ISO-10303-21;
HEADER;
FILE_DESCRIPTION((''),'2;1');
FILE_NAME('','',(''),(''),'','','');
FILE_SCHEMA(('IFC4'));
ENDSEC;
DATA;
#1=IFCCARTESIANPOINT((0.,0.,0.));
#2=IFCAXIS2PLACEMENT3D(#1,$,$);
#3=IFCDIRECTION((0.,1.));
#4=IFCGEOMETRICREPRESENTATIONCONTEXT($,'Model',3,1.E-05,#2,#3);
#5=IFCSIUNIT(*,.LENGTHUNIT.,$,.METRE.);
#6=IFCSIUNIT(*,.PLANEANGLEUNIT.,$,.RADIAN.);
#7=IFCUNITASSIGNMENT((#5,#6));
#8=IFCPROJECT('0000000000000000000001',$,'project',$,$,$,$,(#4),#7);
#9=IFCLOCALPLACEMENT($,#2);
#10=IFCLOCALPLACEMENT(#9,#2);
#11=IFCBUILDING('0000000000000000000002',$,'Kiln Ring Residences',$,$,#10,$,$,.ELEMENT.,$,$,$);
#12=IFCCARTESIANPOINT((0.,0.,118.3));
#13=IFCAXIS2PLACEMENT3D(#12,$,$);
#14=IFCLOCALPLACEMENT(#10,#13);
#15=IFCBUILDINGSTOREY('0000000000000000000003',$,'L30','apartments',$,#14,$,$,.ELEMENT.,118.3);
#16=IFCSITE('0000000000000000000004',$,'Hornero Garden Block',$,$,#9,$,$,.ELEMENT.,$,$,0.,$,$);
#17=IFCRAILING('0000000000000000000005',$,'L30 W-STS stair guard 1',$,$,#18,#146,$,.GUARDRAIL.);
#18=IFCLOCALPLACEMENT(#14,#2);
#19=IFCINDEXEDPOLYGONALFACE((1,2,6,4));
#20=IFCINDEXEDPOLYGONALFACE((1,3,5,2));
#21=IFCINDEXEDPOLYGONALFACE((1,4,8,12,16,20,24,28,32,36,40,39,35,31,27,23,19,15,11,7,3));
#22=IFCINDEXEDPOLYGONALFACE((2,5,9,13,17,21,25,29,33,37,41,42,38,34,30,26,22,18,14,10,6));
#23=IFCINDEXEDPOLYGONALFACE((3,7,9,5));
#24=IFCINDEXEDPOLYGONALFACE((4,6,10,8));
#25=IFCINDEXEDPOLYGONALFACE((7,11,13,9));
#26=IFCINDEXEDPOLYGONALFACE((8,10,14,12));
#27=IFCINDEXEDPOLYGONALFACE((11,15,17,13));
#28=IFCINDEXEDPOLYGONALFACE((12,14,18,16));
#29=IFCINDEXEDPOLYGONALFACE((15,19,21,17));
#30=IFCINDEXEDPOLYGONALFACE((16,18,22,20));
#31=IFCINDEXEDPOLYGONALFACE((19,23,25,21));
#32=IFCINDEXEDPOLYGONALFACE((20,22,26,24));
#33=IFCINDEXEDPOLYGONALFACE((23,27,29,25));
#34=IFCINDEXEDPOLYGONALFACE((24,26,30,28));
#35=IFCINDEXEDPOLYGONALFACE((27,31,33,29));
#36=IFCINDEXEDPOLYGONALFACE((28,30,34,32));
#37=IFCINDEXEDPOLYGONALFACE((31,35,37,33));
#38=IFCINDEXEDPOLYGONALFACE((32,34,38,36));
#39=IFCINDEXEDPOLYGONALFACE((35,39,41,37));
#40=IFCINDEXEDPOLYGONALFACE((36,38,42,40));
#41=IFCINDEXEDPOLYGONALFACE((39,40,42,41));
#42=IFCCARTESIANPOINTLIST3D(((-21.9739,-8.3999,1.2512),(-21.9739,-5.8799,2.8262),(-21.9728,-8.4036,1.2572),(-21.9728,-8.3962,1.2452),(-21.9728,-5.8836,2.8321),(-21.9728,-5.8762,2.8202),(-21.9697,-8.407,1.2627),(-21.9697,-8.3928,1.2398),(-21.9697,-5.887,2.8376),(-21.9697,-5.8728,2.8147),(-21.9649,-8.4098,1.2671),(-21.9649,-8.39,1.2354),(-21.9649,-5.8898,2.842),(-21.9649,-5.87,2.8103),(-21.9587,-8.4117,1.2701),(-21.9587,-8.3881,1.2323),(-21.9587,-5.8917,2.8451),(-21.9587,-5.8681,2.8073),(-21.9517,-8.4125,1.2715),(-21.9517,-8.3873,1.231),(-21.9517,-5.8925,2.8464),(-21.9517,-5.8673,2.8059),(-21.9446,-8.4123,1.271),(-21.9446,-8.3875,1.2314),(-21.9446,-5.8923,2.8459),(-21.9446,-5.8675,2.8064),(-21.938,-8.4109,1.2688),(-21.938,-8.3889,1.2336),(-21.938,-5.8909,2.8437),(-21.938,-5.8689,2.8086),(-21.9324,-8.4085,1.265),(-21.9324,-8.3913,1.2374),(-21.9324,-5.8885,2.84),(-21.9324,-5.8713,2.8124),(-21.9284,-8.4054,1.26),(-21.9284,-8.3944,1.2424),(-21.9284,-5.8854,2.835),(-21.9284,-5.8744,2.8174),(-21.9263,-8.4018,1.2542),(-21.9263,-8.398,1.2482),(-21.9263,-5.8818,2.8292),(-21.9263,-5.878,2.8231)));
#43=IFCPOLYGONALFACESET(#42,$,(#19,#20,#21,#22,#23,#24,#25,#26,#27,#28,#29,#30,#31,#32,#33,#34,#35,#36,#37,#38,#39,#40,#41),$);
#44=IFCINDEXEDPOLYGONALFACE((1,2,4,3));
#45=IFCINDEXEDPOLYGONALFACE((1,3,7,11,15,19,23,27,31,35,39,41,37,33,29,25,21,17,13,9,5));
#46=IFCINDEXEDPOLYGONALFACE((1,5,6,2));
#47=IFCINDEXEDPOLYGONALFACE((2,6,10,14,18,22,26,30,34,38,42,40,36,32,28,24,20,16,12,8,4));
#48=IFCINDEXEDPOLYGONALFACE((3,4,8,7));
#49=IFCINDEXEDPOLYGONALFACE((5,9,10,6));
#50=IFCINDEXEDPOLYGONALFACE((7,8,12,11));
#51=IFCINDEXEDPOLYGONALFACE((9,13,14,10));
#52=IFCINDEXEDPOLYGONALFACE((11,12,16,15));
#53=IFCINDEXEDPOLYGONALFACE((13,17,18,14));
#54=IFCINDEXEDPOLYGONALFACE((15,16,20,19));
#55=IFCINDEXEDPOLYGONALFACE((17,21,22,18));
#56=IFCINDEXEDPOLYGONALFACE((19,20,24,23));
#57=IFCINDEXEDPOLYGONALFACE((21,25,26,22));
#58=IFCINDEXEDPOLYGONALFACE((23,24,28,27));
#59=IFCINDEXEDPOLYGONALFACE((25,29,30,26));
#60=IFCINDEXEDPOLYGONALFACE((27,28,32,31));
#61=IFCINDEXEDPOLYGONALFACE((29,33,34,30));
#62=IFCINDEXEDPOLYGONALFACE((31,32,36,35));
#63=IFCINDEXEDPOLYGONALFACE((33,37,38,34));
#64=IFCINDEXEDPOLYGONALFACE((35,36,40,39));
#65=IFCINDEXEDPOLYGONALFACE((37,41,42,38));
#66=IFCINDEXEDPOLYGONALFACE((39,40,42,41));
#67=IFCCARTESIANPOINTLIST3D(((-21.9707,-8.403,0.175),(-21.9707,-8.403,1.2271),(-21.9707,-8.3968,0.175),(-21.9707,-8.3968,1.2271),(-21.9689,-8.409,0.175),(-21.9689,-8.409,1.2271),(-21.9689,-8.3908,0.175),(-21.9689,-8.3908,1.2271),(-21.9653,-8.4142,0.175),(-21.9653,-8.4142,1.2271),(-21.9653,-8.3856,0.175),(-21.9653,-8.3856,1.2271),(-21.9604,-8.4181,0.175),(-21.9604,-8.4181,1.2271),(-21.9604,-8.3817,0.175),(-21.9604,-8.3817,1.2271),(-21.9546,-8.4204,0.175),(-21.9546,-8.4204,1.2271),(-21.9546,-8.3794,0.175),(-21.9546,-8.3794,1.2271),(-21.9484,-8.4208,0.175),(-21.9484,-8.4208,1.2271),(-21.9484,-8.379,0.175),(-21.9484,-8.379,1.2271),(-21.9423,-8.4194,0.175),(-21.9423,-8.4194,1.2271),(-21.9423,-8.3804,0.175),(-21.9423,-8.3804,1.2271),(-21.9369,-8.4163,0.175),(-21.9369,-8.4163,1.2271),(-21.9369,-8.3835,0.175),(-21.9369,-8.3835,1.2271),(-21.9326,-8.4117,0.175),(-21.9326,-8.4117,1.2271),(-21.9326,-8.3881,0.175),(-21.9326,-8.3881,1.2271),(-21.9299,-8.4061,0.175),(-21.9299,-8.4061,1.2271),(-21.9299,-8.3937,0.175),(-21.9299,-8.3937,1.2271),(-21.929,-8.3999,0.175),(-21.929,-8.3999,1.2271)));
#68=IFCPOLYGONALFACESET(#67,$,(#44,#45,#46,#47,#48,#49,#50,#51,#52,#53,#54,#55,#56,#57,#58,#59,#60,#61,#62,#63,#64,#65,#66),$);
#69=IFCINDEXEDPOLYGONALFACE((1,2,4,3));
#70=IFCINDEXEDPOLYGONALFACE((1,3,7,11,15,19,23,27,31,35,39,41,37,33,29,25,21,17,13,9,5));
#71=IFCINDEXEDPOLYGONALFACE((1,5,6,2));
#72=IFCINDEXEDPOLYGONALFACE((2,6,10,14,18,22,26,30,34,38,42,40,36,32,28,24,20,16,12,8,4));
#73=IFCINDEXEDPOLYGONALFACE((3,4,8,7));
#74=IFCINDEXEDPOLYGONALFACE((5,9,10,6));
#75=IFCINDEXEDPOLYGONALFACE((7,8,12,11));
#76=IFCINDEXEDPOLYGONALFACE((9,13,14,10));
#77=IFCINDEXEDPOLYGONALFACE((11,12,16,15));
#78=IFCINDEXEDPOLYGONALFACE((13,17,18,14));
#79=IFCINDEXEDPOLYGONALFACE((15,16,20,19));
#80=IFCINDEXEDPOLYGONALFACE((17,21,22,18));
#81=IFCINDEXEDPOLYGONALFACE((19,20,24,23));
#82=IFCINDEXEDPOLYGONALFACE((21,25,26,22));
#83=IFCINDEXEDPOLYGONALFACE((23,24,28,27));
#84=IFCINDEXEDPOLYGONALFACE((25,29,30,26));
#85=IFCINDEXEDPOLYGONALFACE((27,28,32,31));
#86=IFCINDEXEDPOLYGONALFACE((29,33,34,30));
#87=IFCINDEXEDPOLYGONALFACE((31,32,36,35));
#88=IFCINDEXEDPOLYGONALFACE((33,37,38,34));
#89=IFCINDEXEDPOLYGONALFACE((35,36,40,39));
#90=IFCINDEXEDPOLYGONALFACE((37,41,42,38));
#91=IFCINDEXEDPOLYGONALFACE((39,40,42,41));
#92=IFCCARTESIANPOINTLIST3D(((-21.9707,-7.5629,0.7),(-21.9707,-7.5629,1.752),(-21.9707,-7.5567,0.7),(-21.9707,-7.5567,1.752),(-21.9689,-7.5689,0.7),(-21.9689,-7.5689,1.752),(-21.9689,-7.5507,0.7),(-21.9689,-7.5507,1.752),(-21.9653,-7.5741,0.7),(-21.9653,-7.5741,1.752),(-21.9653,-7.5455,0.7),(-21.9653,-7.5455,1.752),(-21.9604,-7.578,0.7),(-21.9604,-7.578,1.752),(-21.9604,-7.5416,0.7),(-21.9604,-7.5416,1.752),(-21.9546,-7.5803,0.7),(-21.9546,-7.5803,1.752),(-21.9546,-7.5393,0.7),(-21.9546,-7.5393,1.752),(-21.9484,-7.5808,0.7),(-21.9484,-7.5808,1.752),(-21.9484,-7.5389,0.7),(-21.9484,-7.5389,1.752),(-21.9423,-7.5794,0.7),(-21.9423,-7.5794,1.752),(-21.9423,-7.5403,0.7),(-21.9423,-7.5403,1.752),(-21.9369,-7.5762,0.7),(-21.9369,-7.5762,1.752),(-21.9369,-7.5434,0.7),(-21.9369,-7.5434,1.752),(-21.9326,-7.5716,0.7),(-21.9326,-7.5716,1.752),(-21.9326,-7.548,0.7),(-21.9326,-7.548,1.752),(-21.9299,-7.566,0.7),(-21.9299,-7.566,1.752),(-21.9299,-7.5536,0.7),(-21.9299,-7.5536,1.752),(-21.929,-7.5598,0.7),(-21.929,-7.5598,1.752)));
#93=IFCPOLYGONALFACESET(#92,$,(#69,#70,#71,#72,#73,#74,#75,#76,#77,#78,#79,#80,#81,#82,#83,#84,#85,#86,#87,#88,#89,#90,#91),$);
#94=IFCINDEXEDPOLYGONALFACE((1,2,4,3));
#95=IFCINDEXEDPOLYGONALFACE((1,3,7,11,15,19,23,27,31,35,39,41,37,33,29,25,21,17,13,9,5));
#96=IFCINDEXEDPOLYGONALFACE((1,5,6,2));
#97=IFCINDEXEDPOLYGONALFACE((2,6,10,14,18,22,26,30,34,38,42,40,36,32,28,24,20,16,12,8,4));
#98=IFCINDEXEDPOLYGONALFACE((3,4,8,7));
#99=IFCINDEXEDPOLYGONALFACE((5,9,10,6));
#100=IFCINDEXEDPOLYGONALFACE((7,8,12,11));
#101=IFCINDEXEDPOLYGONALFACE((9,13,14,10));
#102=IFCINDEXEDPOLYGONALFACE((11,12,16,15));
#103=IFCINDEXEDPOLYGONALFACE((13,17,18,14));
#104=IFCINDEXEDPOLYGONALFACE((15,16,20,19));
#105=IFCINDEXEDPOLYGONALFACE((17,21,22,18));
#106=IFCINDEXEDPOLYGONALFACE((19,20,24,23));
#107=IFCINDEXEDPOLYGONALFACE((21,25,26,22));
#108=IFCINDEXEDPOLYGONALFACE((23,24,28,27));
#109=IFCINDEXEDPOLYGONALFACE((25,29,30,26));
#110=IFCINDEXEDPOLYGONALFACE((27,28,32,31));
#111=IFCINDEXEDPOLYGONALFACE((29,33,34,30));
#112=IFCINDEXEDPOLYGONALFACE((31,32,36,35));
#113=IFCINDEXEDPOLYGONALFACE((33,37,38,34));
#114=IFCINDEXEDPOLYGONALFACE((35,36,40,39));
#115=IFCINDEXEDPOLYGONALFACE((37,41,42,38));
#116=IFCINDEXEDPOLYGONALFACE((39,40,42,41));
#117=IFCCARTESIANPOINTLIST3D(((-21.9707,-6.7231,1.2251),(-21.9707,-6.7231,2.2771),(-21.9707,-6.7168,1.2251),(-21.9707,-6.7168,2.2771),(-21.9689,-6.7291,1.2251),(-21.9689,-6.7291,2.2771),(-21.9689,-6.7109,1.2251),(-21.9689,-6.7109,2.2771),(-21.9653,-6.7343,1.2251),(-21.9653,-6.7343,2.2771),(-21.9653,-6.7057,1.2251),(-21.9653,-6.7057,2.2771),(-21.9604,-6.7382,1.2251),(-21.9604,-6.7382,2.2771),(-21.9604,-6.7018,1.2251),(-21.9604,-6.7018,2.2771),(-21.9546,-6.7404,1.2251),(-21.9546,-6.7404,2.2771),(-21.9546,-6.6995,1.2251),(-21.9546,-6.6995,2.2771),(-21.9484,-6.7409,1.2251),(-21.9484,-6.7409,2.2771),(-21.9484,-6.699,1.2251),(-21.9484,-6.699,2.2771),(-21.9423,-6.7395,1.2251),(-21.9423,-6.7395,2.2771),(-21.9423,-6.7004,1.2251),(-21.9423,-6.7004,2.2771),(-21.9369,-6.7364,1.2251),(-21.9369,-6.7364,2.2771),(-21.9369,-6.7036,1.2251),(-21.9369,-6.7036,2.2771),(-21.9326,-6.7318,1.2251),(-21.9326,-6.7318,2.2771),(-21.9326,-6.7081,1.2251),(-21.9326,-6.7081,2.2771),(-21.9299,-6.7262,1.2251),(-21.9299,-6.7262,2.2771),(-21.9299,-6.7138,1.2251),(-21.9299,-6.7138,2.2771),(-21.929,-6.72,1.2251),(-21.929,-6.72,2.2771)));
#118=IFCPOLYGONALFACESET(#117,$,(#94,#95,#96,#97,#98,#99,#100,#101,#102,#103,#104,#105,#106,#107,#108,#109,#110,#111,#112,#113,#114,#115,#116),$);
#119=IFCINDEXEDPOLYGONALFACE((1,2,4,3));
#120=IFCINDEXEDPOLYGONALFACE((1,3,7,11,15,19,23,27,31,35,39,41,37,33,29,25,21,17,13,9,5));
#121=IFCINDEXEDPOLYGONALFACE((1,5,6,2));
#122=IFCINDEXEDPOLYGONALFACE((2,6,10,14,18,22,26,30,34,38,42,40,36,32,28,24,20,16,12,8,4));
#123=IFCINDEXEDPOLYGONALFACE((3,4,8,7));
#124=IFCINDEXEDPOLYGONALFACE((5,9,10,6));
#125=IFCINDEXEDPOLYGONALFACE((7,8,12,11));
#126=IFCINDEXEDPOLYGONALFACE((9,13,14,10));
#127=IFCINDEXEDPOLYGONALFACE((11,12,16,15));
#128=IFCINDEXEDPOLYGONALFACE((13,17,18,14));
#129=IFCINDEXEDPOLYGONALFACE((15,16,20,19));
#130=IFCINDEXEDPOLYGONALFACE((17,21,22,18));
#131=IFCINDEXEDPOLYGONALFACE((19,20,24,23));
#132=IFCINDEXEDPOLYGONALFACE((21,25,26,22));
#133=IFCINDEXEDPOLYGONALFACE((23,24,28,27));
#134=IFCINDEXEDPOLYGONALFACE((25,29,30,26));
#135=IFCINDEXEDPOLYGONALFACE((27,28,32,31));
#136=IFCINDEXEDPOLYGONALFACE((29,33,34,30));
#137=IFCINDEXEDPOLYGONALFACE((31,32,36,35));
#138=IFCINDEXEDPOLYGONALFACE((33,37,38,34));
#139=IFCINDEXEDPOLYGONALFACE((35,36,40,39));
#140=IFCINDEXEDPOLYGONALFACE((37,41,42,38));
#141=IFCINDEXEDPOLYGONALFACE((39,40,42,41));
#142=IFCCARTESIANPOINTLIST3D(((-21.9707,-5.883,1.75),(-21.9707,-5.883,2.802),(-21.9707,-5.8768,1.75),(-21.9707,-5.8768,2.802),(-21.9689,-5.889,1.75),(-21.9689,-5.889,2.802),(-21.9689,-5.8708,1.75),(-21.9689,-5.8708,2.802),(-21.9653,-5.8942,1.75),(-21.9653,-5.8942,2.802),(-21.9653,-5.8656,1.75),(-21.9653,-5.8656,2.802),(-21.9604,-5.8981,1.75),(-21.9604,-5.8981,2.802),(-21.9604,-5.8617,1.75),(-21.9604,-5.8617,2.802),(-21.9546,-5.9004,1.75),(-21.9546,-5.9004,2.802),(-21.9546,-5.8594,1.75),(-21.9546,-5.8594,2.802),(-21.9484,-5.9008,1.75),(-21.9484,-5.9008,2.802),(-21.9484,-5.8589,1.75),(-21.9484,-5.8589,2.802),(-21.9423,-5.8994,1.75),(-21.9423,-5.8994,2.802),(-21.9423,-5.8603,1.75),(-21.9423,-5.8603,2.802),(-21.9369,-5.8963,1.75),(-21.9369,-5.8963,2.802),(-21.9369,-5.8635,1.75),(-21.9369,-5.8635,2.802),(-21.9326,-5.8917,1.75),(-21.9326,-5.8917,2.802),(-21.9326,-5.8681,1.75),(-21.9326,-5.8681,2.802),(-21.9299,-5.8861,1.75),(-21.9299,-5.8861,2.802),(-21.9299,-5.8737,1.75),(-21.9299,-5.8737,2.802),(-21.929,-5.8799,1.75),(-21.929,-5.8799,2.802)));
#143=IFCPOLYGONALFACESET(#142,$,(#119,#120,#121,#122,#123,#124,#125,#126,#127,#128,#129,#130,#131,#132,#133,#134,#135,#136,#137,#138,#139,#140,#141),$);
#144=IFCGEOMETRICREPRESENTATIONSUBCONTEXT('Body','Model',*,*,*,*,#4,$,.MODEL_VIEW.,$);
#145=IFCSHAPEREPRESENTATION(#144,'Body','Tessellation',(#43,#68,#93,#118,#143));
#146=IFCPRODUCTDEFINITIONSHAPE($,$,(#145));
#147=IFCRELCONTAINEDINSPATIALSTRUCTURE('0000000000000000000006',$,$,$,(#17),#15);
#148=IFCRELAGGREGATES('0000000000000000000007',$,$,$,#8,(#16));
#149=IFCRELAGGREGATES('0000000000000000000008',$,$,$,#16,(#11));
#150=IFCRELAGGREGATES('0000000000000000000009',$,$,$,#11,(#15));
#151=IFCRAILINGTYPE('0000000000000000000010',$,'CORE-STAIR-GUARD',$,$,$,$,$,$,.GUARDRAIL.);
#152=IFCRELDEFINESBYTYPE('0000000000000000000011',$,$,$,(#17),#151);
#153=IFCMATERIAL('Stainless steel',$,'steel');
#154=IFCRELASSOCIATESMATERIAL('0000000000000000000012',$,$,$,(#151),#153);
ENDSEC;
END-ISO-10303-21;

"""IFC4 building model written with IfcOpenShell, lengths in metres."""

from ifc_helpers import new_model, si_unit, direction, frame, origin, origin_2d, place, context, subcontext, project, spatial, circle, extrude, material, type_object, element, save


model = new_model("IFC4")

# Units and contexts
model_context = context("Model", 3, precision=1e-05, world=origin(), true_north=direction((0.0, 1.0)))
body_context = subcontext(model_context, "Body", "Model", "MODEL_VIEW")
ifc_project = project(units=[si_unit("LENGTHUNIT", "METRE"), si_unit("PLANEANGLEUNIT", "RADIAN")], contexts=[model_context])

# Site, building, storey
site_placement = place(None, origin())
site = spatial("IfcSite", under=ifc_project, at=site_placement, Name="Hornero Garden Block", CompositionType="ELEMENT", RefElevation=0.0)
building_placement = place(site_placement, origin())
building = spatial("IfcBuilding", under=site, at=building_placement, Name="Kiln Ring Residences", CompositionType="ELEMENT")
storey_placement = place(building_placement, frame((0.0, 0.0, 118.3)))
storey = spatial("IfcBuildingStorey", under=building, at=storey_placement, Name="L30", Description="apartments", CompositionType="ELEMENT", Elevation=118.3)

# Railing
ifc_material_1 = material(Name="Stainless steel", Category="steel")
railing_type_1 = type_object("IfcRailingType", Name="CORE-STAIR-GUARD", PredefinedType="GUARDRAIL", material=ifc_material_1)
railing_1_placement = place(storey_placement, frame((-21.95, -8.3999, 0.175)))
element("IfcRailing", 1, at=railing_1_placement, inside=storey, type_object=railing_type_1, Name="L30 W-STS stair guard 1", PredefinedType="GUARDRAIL", context=body_context, shape_type="SweptSolid", body=[
    extrude(circle(Radius=0.0239, at=origin_2d()), frame((0.0, 0.0, 1.0762), z_axis=(0.0, 0.848008, 0.529984), x_axis=(-1.0, 0.0, 0.0)), (0.0, 0.0, 1.0), 2.9717),
    extrude(circle(Radius=0.021, at=origin_2d()), origin(), (0.0, 0.0, 1.0), 1.052),
    extrude(circle(Radius=0.021, at=origin_2d()), frame((0.0, 0.8401, 0.5249)), (0.0, 0.0, 1.0), 1.052),
    extrude(circle(Radius=0.021, at=origin_2d()), frame((0.0, 1.6799, 1.05)), (0.0, 0.0, 1.0), 1.052),
    extrude(circle(Radius=0.021, at=origin_2d()), frame((0.0, 2.52, 1.575)), (0.0, 0.0, 1.0), 1.052),
])

save(model, "model.ifc")
